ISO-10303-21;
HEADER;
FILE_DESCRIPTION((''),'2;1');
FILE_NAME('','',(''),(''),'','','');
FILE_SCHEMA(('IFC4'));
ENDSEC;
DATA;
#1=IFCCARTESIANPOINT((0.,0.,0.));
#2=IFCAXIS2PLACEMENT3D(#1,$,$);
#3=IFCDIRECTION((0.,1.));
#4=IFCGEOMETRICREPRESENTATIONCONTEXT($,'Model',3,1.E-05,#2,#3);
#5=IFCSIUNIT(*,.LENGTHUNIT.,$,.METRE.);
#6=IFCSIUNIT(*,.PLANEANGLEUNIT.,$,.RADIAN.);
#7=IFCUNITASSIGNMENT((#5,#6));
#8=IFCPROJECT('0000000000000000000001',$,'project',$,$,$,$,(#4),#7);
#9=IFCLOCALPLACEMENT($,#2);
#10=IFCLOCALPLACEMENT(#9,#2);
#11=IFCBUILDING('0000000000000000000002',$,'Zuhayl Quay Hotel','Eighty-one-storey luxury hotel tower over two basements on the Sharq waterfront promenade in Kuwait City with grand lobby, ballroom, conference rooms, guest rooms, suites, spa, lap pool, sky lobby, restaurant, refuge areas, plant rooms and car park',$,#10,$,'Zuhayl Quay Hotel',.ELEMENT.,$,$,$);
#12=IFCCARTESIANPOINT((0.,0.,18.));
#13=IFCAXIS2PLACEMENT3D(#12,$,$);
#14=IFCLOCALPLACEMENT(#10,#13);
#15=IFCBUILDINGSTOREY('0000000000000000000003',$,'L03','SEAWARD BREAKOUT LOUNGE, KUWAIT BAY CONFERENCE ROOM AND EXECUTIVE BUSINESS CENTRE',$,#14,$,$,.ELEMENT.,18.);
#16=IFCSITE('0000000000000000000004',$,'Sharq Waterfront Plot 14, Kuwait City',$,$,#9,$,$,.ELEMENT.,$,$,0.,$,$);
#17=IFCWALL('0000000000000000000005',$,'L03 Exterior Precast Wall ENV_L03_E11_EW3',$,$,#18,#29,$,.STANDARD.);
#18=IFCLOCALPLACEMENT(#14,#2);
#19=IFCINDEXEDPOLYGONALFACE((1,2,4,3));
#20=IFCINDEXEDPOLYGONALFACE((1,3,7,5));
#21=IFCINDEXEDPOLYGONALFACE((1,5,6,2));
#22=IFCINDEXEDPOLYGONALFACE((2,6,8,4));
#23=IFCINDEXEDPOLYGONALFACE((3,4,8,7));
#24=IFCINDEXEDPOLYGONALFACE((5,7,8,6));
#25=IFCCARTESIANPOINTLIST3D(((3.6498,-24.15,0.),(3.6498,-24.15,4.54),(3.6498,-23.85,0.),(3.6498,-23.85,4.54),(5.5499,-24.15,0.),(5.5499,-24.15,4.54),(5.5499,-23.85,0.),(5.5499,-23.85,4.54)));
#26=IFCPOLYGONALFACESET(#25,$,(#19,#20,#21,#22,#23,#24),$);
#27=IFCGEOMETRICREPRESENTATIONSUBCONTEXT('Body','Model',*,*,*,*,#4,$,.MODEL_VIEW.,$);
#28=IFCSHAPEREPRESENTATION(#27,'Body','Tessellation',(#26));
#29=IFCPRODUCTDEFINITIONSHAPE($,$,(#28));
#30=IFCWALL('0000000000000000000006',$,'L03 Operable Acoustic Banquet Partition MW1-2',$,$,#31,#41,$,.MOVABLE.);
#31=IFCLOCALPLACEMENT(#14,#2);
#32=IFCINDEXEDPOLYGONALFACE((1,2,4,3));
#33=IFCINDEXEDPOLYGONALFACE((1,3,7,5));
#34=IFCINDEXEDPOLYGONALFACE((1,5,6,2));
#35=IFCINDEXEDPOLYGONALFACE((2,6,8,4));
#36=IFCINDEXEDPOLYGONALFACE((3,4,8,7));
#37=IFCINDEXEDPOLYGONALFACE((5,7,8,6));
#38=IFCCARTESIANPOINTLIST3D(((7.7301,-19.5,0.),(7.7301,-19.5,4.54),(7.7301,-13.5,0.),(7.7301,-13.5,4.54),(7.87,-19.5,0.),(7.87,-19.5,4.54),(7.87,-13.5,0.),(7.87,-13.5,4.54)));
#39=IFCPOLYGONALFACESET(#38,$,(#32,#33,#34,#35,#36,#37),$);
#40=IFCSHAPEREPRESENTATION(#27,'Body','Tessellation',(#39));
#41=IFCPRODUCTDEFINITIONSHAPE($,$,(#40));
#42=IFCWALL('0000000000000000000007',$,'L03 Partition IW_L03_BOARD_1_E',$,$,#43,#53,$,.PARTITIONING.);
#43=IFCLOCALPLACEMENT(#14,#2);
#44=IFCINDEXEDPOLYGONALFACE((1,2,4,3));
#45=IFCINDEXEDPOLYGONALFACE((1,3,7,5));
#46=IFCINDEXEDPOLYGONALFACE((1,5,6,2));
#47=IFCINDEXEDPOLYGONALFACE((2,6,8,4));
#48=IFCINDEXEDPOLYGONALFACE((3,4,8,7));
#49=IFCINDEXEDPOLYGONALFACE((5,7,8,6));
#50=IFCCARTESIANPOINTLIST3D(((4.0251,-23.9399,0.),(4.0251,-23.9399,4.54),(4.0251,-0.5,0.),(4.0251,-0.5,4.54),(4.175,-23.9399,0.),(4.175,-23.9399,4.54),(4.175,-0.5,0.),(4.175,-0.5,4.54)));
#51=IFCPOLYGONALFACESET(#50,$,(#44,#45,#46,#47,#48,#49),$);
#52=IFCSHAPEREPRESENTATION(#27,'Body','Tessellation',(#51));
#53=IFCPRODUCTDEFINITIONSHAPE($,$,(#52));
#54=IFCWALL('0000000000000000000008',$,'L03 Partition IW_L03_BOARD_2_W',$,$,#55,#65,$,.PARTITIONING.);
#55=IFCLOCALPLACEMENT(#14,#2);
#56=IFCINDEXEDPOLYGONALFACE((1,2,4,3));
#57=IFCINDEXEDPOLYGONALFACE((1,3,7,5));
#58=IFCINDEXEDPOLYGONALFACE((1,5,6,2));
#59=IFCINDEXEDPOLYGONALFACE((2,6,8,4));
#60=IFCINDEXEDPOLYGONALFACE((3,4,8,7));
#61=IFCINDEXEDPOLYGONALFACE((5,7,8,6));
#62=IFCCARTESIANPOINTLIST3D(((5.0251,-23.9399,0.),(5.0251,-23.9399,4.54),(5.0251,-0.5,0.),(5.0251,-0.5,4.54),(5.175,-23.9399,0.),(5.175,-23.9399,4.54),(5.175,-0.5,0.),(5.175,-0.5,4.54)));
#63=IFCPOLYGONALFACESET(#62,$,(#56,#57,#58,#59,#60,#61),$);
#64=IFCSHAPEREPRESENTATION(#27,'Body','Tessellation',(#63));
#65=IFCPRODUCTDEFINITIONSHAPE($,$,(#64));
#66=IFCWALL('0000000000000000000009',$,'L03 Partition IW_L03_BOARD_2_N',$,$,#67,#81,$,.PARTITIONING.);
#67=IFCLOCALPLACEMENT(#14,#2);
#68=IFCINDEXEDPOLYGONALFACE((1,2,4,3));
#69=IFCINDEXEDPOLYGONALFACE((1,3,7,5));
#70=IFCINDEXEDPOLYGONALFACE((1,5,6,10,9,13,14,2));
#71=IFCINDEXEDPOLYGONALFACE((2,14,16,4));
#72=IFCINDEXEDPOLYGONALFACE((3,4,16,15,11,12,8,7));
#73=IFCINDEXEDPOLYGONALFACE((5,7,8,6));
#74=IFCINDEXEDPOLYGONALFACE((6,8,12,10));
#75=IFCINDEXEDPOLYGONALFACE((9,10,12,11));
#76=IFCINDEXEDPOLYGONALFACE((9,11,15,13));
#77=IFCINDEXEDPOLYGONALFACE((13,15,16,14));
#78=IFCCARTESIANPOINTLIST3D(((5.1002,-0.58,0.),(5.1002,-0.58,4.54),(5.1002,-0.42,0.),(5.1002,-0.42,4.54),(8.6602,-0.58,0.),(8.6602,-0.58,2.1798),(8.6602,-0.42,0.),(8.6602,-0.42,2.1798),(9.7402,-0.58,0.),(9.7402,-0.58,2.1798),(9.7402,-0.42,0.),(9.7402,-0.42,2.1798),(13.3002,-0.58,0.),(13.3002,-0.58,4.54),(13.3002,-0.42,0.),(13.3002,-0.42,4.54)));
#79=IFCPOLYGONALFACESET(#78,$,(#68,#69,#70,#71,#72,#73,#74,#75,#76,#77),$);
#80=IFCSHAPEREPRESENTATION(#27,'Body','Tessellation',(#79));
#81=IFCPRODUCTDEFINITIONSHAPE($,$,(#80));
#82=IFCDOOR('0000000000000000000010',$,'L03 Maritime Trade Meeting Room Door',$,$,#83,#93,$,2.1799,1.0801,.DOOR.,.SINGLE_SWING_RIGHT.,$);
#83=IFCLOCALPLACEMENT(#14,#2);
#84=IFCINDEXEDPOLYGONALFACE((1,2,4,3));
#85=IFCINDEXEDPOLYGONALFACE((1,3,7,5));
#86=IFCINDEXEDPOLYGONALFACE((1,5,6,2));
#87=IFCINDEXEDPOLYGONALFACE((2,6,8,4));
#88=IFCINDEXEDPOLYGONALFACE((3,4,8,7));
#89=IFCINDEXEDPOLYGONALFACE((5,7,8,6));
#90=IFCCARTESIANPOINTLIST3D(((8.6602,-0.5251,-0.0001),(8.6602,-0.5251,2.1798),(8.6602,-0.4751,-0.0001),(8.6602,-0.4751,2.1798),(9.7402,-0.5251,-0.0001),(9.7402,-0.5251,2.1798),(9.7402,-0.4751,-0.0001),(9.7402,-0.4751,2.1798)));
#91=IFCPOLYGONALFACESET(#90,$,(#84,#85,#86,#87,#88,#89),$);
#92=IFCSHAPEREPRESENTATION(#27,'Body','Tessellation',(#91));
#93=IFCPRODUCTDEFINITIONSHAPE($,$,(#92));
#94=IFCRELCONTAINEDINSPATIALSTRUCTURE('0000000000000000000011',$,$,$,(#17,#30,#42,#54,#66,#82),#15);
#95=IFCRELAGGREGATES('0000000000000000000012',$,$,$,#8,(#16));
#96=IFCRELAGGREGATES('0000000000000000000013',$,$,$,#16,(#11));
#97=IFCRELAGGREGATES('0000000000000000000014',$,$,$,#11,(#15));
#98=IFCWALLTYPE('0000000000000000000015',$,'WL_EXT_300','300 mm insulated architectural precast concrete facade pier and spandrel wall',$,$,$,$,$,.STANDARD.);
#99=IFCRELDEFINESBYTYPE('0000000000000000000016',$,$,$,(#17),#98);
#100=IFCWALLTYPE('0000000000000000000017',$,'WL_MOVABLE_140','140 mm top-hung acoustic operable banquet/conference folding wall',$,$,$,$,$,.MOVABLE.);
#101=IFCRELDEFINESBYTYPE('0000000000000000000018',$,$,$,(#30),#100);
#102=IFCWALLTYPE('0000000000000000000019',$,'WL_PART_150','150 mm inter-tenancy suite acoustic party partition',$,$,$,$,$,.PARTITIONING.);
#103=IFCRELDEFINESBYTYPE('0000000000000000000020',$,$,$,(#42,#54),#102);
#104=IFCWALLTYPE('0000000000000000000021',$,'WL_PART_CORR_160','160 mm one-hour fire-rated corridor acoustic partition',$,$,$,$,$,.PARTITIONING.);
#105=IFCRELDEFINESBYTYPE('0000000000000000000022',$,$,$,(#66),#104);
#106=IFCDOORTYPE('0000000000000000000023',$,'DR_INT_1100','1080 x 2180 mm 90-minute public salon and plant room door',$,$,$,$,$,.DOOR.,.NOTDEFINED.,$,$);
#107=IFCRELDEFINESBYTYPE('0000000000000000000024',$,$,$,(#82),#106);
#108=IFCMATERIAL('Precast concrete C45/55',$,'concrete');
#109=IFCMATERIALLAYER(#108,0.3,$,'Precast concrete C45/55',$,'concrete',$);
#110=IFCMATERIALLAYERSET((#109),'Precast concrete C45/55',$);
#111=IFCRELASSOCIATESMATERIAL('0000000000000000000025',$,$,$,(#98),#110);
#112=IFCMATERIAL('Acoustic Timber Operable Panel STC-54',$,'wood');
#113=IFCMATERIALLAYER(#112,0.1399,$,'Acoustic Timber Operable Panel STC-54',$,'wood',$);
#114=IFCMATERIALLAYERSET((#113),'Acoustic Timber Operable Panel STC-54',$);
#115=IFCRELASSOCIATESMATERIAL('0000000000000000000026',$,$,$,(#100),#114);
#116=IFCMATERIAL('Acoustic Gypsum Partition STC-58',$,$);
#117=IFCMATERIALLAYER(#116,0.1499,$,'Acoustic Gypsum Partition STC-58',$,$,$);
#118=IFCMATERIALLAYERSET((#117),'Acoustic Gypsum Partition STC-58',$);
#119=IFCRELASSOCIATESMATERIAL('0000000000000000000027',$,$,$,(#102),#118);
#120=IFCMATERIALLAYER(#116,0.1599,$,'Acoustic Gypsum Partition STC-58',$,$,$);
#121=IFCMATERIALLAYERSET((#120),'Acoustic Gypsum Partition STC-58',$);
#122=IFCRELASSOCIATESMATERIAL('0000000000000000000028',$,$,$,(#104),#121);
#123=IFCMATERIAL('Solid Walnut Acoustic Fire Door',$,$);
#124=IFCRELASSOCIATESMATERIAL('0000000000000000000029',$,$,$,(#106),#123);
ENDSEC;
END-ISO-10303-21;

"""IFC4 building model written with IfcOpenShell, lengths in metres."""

from ifc_helpers import new_model, si_unit, direction, frame, frame_2d, origin, place, context, subcontext, project, spatial, rectangle, extrude, material, layer, layer_set, type_object, element, fill, save


model = new_model("IFC4")

# Units and contexts
model_context = context("Model", 3, precision=1e-05, world=origin(), true_north=direction((0.0, 1.0)))
body_context = subcontext(model_context, "Body", "Model", "MODEL_VIEW")
ifc_project = project(units=[si_unit("LENGTHUNIT", "METRE"), si_unit("PLANEANGLEUNIT", "RADIAN")], contexts=[model_context])

# Site, building, storey
site_placement = place(None, origin())
site = spatial("IfcSite", under=ifc_project, at=site_placement, Name="Sharq Waterfront Plot 14, Kuwait City", CompositionType="ELEMENT", RefElevation=0.0)
building_placement = place(site_placement, origin())
building = spatial("IfcBuilding", under=site, at=building_placement, Name="Zuhayl Quay Hotel", Description="Eighty-one-storey luxury hotel tower over two basements on the Sharq waterfront promenade in Kuwait City with grand lobby, ballroom, conference rooms, guest rooms, suites, spa, lap pool, sky lobby, restaurant, refuge areas, plant rooms and car park", LongName="Zuhayl Quay Hotel", CompositionType="ELEMENT")
storey_placement = place(building_placement, frame((0.0, 0.0, 18.0)))
storey = spatial("IfcBuildingStorey", under=building, at=storey_placement, Name="L03", Description="SEAWARD BREAKOUT LOUNGE, KUWAIT BAY CONFERENCE ROOM AND EXECUTIVE BUSINESS CENTRE", CompositionType="ELEMENT", Elevation=18.0)

# Walls
ifc_material_1 = material(Name="Precast concrete C45/55", Category="concrete")
ifc_layer_1 = layer(ifc_material_1, 0.3, Name="Precast concrete C45/55", Category="concrete")
ifc_layer_set_1 = layer_set([ifc_layer_1], Name="Precast concrete C45/55")
wall_type_1 = type_object("IfcWallType", Name="WL_EXT_300", Description="300 mm insulated architectural precast concrete facade pier and spandrel wall", PredefinedType="STANDARD", material=ifc_layer_set_1)
wall_1_placement = place(storey_placement, frame((5.55, -24.0, 0.0), z_axis=(0.0, 0.0, 1.0), x_axis=(-1.0, 0.0, 0.0)))
element("IfcWall", 1, at=wall_1_placement, inside=storey, type_object=wall_type_1, Name="L03 Exterior Precast Wall ENV_L03_E11_EW3", PredefinedType="STANDARD", context=body_context, shape_type="SweptSolid", body=[
    extrude(rectangle(XDim=1.9001, YDim=0.3, at=frame_2d((0.9502, 0.0))), origin(), (0.0, 0.0, 1.0), 4.54),
])
ifc_material_2 = material(Name="Acoustic Timber Operable Panel STC-54", Category="wood")
ifc_layer_2 = layer(ifc_material_2, 0.1399, Name="Acoustic Timber Operable Panel STC-54", Category="wood")
ifc_layer_set_2 = layer_set([ifc_layer_2], Name="Acoustic Timber Operable Panel STC-54")
wall_type_2 = type_object("IfcWallType", Name="WL_MOVABLE_140", Description="140 mm top-hung acoustic operable banquet/conference folding wall", PredefinedType="MOVABLE", material=ifc_layer_set_2)
wall_2_placement = place(storey_placement, frame((7.8, -19.5, 0.0), z_axis=(0.0, 0.0, 1.0), x_axis=(0.0, 1.0, 0.0)))
element("IfcWall", 2, at=wall_2_placement, inside=storey, type_object=wall_type_2, Name="L03 Operable Acoustic Banquet Partition MW1-2", PredefinedType="MOVABLE", context=body_context, shape_type="SweptSolid", body=[
    extrude(rectangle(XDim=6.0, YDim=0.1399, at=frame_2d((3.0, 0.0))), origin(), (0.0, 0.0, 1.0), 4.54),
])
ifc_material_3 = material(Name="Acoustic Gypsum Partition STC-58")
ifc_layer_3 = layer(ifc_material_3, 0.1499, Name="Acoustic Gypsum Partition STC-58")
ifc_layer_set_3 = layer_set([ifc_layer_3], Name="Acoustic Gypsum Partition STC-58")
wall_type_3 = type_object("IfcWallType", Name="WL_PART_150", Description="150 mm inter-tenancy suite acoustic party partition", PredefinedType="PARTITIONING", material=ifc_layer_set_3)
for number, where, z_axis, x_axis, name in (
    (3, (4.1001, -23.9399, 0.0), (0.0, 0.0, 1.0), (0.0, 1.0, 0.0), "L03 Partition IW_L03_BOARD_1_E"),
    (4, (5.1001, -23.9399, 0.0), (0.0, 0.0, 1.0), (0.0, 1.0, 0.0), "L03 Partition IW_L03_BOARD_2_W"),
):
    element("IfcWall", number, at=place(storey_placement, frame(where, z_axis=z_axis, x_axis=x_axis)), inside=storey, type_object=wall_type_3, Name=name, PredefinedType="PARTITIONING", context=body_context, shape_type="SweptSolid", body=[
        extrude(rectangle(XDim=23.4399, YDim=0.1499, at=frame_2d((11.72, 0.0))), origin(), (0.0, 0.0, 1.0), 4.54),
    ])

# Wall, opening, door
ifc_layer_4 = layer(ifc_material_3, 0.1599, Name="Acoustic Gypsum Partition STC-58")
ifc_layer_set_4 = layer_set([ifc_layer_4], Name="Acoustic Gypsum Partition STC-58")
wall_type_4 = type_object("IfcWallType", Name="WL_PART_CORR_160", Description="160 mm one-hour fire-rated corridor acoustic partition", PredefinedType="PARTITIONING", material=ifc_layer_set_4)
wall_3_placement = place(storey_placement, frame((5.1001, -0.5, 0.0), z_axis=(0.0, 0.0, 1.0), x_axis=(1.0, 0.0, 0.0)))
wall_3 = element("IfcWall", 5, at=wall_3_placement, inside=storey, type_object=wall_type_4, Name="L03 Partition IW_L03_BOARD_2_N", PredefinedType="PARTITIONING", context=body_context, shape_type="SweptSolid", body=[
    extrude(rectangle(XDim=8.2, YDim=0.1599, at=frame_2d((4.1001, 0.0))), origin(), (0.0, 0.0, 1.0), 4.54),
])
opening_placement = place(wall_3_placement, frame((3.5601, 0.0, 0.0)))
opening = element("IfcOpeningElement", 6, at=opening_placement, cuts=wall_3, PredefinedType="OPENING", context=body_context, shape_type="SweptSolid", body=[
    extrude(rectangle(XDim=1.0801, YDim=2.1799, at=frame_2d((0.54, 1.0898))), frame((0.0, 0.0898, 0.0), z_axis=(0.0, -1.0, 0.0), x_axis=(1.0, 0.0, 0.0)), (0.0, 0.0, 1.0), 0.1799),
])
ifc_material_4 = material(Name="Solid Walnut Acoustic Fire Door")
door_type = type_object("IfcDoorType", Name="DR_INT_1100", Description="1080 x 2180 mm 90-minute public salon and plant room door", OperationType="NOTDEFINED", PredefinedType="DOOR", material=ifc_material_4)
door_placement = place(opening_placement, origin())
door = element("IfcDoor", 7, at=door_placement, inside=storey, type_object=door_type, Name="L03 Maritime Trade Meeting Room Door", OperationType="SINGLE_SWING_RIGHT", OverallHeight=2.1799, OverallWidth=1.0801, PredefinedType="DOOR", context=body_context, shape_type="SweptSolid", body=[
    extrude(rectangle(XDim=1.0801, YDim=2.1799, at=frame_2d((0.54, 1.0898))), frame((0.0, 0.0249, 0.0), z_axis=(0.0, -1.0, 0.0), x_axis=(1.0, 0.0, 0.0)), (0.0, 0.0, 1.0), 0.05),
])
fill(opening, door)

save(model, "model.ifc")
